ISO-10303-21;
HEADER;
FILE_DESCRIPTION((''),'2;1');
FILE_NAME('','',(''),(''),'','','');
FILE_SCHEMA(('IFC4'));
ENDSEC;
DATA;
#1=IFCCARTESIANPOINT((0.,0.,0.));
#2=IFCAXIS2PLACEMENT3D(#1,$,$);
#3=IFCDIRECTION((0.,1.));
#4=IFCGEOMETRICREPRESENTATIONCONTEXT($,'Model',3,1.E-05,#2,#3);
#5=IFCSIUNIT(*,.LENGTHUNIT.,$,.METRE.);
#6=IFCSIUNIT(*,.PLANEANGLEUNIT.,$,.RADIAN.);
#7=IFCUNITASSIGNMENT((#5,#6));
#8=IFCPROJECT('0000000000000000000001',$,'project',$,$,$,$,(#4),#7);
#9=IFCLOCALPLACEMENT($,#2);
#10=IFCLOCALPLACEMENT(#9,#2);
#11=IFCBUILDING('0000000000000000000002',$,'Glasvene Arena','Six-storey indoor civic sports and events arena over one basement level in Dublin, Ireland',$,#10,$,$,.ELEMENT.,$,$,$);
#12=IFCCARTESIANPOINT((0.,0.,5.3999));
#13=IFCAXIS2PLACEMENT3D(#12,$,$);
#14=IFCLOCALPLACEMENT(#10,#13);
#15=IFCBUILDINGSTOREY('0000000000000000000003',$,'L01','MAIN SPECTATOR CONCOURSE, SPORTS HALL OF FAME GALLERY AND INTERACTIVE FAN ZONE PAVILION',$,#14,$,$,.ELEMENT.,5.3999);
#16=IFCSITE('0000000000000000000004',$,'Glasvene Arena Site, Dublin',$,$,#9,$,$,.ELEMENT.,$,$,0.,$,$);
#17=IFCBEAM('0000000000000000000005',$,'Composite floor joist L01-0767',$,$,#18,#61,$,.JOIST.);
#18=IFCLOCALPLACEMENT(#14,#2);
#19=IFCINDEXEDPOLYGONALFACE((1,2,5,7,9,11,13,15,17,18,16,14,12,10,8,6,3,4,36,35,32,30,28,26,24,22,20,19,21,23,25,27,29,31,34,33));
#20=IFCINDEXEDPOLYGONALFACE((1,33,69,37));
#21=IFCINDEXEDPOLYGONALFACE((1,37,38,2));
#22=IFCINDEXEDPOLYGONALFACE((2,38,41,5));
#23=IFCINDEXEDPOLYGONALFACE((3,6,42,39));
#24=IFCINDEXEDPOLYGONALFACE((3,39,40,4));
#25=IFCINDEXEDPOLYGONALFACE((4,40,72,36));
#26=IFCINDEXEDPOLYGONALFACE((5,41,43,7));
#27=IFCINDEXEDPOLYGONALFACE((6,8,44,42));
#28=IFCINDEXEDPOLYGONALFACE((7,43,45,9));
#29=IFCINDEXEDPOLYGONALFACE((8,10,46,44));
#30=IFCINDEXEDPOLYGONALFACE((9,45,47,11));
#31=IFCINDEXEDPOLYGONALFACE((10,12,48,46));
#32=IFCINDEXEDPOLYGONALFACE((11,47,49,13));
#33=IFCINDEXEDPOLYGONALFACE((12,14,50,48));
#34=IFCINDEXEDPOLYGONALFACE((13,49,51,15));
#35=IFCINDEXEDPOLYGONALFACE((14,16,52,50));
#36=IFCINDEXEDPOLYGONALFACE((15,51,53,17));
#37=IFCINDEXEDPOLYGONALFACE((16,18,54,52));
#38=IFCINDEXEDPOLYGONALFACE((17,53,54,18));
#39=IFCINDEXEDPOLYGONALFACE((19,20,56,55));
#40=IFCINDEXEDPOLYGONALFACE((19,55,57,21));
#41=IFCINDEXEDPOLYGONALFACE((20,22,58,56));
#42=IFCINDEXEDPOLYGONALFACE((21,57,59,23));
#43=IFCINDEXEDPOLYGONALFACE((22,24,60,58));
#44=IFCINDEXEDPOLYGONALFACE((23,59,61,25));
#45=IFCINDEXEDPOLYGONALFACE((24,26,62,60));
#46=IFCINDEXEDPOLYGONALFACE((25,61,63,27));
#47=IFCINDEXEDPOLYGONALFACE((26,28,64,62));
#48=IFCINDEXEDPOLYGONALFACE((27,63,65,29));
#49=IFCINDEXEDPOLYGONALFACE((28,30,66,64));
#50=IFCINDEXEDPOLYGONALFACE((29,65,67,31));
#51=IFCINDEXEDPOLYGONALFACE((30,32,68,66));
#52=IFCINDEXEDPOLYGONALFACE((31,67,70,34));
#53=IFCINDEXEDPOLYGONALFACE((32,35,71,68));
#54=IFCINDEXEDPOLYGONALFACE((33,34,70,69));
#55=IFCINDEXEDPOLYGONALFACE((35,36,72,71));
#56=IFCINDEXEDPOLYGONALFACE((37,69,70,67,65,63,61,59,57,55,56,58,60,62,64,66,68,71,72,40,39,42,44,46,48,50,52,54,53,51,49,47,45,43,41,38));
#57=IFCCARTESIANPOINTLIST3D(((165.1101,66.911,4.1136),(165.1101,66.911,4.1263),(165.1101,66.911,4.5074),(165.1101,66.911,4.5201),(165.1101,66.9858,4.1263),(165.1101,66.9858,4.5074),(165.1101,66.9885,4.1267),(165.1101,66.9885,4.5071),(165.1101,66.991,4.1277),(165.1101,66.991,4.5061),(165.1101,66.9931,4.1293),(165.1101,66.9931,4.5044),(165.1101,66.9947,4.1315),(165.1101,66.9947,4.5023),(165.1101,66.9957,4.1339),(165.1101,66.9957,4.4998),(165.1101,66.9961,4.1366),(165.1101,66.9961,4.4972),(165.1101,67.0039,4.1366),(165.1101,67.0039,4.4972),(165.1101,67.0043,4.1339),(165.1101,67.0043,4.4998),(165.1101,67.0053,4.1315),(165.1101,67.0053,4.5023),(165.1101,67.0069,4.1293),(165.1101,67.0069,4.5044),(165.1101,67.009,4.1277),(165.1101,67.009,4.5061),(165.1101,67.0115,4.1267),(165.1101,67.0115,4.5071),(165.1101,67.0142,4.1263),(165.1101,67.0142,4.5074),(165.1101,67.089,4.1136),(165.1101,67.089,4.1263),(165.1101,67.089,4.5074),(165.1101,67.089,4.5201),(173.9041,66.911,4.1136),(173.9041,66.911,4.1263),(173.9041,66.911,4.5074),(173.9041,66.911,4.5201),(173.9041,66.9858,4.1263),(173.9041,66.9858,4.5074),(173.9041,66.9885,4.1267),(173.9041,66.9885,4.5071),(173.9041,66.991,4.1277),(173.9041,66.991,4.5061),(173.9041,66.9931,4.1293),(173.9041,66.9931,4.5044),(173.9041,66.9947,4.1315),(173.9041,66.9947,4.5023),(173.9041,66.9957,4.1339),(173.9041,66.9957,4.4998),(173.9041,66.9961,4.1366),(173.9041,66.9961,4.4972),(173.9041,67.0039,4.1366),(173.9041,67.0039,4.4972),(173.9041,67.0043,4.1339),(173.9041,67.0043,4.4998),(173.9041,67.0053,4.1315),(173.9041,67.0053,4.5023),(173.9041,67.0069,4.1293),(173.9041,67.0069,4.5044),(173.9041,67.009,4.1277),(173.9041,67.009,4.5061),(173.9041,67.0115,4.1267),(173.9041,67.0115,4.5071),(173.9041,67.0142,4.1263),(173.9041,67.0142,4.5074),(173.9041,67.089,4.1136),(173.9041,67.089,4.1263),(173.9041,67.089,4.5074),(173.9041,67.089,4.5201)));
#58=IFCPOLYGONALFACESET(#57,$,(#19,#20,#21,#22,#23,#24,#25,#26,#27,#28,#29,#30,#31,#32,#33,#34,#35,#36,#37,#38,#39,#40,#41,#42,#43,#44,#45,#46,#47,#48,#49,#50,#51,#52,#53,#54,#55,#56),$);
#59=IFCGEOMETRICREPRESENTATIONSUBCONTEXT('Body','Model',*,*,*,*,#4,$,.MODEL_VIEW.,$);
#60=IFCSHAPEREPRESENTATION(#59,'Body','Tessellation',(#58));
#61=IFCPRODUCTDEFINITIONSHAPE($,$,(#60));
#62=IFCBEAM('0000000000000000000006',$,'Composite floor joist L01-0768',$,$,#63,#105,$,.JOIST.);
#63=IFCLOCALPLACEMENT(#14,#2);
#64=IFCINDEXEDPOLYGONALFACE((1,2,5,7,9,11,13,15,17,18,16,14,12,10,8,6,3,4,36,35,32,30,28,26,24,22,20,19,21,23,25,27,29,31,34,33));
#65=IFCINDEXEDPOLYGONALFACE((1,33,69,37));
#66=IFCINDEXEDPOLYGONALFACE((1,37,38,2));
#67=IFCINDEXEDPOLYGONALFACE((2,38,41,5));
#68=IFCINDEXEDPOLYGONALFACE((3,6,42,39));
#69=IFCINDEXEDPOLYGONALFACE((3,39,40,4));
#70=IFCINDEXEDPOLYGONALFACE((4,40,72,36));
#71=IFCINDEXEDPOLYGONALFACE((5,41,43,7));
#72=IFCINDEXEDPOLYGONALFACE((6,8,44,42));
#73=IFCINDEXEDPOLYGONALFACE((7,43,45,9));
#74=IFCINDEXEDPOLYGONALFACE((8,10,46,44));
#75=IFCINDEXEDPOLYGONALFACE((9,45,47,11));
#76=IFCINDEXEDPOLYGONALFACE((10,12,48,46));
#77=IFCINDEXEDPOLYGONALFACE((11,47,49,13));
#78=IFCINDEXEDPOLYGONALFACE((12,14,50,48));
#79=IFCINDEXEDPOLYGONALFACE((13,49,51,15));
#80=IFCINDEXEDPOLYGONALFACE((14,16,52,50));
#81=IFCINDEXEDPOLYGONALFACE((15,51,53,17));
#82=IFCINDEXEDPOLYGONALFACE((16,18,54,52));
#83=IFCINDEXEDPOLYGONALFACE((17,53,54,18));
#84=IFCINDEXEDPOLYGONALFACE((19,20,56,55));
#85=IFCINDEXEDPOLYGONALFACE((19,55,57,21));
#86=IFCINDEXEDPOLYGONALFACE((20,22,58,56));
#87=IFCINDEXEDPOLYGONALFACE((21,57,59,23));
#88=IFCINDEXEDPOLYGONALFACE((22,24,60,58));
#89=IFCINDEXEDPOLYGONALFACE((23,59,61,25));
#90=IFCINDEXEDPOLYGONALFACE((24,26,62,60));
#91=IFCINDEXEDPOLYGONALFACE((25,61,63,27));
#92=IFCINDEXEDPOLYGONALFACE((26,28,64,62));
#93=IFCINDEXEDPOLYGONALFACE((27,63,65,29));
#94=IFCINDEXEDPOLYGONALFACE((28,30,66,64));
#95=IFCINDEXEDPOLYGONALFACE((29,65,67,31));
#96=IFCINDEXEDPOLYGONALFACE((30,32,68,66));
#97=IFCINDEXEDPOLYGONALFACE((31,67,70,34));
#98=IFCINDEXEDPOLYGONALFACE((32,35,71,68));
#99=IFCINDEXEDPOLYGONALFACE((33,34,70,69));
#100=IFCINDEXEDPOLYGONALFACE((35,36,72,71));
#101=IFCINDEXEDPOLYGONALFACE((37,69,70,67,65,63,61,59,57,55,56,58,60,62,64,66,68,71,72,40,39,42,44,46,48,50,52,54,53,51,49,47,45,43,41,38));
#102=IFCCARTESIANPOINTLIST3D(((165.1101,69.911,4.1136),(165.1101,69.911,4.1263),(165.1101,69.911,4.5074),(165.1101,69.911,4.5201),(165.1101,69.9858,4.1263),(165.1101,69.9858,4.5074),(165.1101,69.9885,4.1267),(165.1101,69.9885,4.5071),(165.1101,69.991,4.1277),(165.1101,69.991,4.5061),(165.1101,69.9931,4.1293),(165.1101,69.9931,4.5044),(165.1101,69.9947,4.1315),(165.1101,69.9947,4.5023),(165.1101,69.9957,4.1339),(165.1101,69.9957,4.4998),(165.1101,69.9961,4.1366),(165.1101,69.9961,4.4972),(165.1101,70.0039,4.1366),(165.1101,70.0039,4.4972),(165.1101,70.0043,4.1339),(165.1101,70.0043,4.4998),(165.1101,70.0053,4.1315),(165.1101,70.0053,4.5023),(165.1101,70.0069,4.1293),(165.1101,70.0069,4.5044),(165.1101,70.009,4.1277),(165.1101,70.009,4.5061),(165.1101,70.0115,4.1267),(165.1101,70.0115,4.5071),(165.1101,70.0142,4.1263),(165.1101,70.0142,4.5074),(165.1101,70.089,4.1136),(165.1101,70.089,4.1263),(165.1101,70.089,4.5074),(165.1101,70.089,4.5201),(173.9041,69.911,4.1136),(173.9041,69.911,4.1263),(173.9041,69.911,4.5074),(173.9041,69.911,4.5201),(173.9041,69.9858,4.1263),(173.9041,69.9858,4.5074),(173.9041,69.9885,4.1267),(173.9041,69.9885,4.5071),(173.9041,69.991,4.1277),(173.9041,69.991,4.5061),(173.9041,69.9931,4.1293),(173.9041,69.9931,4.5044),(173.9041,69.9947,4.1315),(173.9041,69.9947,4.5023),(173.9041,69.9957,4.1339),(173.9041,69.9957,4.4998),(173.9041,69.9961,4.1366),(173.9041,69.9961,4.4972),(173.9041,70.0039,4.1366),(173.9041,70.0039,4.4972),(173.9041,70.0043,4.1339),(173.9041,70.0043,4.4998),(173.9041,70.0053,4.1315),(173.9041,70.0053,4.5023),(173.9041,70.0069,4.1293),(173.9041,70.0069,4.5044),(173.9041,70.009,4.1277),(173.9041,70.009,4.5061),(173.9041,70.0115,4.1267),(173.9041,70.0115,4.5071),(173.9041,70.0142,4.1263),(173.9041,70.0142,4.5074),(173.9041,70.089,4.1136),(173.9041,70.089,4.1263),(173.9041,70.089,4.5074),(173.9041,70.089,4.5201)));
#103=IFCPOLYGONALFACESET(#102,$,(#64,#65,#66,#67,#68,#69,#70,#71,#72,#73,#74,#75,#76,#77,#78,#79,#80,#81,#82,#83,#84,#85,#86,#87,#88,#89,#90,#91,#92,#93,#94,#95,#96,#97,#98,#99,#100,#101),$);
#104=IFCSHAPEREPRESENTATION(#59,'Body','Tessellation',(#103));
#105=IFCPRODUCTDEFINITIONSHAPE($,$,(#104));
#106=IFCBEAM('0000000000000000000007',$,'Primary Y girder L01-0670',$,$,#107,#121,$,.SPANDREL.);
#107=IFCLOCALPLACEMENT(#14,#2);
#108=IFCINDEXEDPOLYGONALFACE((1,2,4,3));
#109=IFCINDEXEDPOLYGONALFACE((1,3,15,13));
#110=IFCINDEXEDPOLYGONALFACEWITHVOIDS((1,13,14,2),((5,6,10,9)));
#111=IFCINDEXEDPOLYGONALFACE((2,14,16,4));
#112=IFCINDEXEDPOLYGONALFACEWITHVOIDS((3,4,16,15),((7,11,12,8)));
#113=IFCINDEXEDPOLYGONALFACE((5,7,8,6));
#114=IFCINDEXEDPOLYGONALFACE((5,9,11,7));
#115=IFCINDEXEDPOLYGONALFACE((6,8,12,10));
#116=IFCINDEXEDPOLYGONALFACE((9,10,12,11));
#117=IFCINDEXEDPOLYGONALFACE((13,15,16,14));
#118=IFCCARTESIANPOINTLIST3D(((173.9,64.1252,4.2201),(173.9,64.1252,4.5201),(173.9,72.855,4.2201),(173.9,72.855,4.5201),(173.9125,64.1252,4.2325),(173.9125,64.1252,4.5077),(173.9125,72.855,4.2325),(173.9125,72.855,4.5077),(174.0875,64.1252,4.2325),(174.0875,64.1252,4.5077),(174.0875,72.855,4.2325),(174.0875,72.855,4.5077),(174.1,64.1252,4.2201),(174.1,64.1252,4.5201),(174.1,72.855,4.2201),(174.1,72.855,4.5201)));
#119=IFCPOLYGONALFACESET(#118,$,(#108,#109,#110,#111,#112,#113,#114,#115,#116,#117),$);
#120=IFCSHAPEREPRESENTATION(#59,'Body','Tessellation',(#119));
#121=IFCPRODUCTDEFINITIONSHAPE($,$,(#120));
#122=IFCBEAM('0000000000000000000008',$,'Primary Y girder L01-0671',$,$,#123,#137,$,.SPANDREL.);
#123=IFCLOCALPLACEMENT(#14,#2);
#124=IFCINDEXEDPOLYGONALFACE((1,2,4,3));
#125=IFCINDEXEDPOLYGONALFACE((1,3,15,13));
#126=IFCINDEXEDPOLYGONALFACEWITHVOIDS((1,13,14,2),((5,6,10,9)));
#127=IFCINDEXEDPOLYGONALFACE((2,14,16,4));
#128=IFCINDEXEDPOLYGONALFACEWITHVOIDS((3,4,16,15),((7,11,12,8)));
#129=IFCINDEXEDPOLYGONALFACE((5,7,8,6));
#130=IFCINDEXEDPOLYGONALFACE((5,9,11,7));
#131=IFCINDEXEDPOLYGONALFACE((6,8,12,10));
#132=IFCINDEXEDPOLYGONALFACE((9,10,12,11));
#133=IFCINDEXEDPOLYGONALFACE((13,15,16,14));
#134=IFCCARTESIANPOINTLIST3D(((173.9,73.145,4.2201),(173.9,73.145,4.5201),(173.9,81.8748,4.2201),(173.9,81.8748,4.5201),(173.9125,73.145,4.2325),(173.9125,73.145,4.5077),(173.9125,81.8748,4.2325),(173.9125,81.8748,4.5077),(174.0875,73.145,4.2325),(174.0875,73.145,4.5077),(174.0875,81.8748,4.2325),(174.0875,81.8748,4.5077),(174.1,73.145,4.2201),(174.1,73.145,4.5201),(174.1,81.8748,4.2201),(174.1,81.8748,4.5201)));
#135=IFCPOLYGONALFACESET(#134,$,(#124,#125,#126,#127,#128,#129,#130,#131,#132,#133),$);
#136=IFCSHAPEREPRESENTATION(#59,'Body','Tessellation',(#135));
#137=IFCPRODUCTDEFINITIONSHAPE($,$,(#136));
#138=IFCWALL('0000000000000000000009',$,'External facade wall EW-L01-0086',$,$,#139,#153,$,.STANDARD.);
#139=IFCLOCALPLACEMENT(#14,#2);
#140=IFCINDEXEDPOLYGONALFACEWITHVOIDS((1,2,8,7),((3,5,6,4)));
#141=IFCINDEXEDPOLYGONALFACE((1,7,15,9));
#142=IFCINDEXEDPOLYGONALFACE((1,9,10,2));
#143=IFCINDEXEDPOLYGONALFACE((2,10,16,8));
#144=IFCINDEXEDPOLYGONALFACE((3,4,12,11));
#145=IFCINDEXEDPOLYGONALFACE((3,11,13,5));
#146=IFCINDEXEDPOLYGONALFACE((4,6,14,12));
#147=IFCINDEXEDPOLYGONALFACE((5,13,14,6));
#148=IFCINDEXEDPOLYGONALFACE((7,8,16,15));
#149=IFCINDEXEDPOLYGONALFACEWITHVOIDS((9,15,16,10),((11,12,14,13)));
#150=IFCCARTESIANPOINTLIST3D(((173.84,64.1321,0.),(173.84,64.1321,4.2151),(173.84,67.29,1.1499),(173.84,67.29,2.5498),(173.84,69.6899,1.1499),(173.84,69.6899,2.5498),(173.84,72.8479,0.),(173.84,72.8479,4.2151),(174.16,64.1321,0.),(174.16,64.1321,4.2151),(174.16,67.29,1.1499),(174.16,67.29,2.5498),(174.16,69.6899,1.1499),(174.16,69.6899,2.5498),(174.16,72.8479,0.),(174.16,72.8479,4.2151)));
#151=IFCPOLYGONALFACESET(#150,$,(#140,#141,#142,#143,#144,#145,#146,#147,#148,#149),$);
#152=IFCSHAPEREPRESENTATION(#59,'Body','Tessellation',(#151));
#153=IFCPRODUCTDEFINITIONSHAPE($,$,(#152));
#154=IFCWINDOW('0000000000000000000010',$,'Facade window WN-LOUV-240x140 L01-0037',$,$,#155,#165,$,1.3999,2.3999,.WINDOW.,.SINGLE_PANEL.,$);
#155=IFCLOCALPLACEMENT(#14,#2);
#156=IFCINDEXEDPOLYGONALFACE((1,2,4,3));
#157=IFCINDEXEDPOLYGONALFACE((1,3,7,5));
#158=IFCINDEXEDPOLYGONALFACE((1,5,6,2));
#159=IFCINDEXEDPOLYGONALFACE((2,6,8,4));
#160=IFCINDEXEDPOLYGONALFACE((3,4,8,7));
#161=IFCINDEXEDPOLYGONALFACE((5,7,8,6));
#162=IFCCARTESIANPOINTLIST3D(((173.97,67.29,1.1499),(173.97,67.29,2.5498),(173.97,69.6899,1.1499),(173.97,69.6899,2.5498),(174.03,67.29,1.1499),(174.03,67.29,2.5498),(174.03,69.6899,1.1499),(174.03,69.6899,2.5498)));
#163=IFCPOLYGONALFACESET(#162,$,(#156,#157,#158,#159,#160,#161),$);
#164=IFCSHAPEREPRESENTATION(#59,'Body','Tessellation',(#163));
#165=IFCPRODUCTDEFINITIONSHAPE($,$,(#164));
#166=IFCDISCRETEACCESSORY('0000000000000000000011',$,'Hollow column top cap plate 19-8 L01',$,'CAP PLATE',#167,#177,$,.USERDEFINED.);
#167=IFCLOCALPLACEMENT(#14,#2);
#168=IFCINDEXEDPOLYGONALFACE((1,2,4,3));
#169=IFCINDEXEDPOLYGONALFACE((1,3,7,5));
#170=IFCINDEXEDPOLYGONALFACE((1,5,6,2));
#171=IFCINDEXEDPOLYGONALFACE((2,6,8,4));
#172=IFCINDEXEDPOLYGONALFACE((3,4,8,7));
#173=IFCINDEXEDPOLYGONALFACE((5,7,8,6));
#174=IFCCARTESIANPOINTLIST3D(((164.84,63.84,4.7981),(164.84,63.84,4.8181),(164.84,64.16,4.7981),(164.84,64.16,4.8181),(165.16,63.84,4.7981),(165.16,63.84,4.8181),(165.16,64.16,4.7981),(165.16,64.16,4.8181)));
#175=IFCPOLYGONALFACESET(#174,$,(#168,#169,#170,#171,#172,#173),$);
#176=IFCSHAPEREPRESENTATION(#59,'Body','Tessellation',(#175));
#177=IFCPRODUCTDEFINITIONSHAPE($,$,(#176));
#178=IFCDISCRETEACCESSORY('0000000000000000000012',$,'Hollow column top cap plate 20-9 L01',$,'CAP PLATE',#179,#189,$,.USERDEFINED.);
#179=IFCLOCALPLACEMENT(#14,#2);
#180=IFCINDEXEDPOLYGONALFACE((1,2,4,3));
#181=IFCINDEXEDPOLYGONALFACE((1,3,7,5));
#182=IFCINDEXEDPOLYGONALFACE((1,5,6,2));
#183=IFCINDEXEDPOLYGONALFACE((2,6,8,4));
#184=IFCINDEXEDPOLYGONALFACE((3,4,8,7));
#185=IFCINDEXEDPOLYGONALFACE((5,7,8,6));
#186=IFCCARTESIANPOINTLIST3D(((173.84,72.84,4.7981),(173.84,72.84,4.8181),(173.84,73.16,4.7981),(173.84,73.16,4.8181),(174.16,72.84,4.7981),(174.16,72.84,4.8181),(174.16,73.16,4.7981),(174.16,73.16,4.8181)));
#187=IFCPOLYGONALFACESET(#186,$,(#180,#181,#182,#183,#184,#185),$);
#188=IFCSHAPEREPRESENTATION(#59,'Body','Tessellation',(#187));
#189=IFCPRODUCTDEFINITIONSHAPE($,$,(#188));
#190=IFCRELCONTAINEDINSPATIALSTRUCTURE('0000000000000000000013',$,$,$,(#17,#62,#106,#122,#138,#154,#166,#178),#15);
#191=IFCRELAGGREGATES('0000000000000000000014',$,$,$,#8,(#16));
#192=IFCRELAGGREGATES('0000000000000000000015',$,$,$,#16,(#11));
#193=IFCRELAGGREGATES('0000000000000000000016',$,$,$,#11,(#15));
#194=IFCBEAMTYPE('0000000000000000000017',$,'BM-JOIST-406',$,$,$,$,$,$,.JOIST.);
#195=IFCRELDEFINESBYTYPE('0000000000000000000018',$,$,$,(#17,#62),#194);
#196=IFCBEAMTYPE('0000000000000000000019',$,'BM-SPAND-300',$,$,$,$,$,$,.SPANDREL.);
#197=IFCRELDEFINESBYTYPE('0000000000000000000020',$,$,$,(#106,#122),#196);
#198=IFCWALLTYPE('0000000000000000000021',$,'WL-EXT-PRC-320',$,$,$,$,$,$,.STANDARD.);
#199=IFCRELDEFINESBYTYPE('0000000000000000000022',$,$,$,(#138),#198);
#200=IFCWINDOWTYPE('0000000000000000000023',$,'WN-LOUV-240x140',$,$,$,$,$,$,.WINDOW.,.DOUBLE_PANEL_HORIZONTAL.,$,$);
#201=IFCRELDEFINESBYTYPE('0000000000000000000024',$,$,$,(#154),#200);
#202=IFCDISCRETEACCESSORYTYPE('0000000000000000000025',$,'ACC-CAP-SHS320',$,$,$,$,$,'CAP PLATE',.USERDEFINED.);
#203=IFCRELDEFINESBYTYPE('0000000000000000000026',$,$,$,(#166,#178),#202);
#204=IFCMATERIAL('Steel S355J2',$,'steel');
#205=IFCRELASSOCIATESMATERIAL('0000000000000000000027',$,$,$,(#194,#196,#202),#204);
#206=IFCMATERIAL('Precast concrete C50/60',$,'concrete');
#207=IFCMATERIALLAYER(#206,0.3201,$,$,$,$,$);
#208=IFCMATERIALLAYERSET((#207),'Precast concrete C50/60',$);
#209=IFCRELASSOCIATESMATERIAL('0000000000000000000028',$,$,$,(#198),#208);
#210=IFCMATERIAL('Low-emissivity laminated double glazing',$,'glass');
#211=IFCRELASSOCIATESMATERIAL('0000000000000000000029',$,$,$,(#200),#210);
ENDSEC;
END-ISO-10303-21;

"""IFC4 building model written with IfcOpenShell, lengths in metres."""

from ifc_helpers import new_model, si_unit, direction, frame, frame_2d, origin, origin_2d, place, context, subcontext, project, spatial, rectangle, hollow_rectangle, i_section, extrude, material, layer, layer_set, material_profile, profile_set, type_object, element, fill, save


model = new_model("IFC4")

# Units and contexts
model_context = context("Model", 3, precision=1e-05, world=origin(), true_north=direction((0.0, 1.0)))
body_context = subcontext(model_context, "Body", "Model", "MODEL_VIEW")
ifc_project = project(units=[si_unit("LENGTHUNIT", "METRE"), si_unit("PLANEANGLEUNIT", "RADIAN")], contexts=[model_context])

# Site, building, storey
site_placement = place(None, origin())
site = spatial("IfcSite", under=ifc_project, at=site_placement, Name="Glasvene Arena Site, Dublin", CompositionType="ELEMENT", RefElevation=0.0)
building_placement = place(site_placement, origin())
building = spatial("IfcBuilding", under=site, at=building_placement, Name="Glasvene Arena", Description="Six-storey indoor civic sports and events arena over one basement level in Dublin, Ireland", CompositionType="ELEMENT")
storey_placement = place(building_placement, frame((0.0, 0.0, 5.3999)))
storey = spatial("IfcBuildingStorey", under=building, at=storey_placement, Name="L01", Description="MAIN SPECTATOR CONCOURSE, SPORTS HALL OF FAME GALLERY AND INTERACTIVE FAN ZONE PAVILION", CompositionType="ELEMENT", Elevation=5.3999)

# Shared definitions
ifc_material_1 = material(Name="Steel S355J2", Category="steel")

# Beams
ifc_material_profile_1 = material_profile(ifc_material_1, i_section(OverallWidth=0.178, OverallDepth=0.4065, WebThickness=0.0078, FlangeThickness=0.0127, FilletRadius=0.0103, at=origin_2d()), Name="UKB 406x178x60")
ifc_profile_set_1 = profile_set([ifc_material_profile_1], Name="Steel S355J2")
beam_type_1 = type_object("IfcBeamType", Name="BM-JOIST-406", PredefinedType="JOIST", material=ifc_profile_set_1)
for number, where, z_axis, x_axis, name in (
    (1, (165.1101, 67.0, 4.3169), (1.0, 0.0, 0.0), (0.0, 1.0, 0.0), "Composite floor joist L01-0767"),
    (2, (165.1101, 70.0, 4.3169), (1.0, 0.0, 0.0), (0.0, 1.0, 0.0), "Composite floor joist L01-0768"),
):
    element("IfcBeam", number, at=place(storey_placement, frame(where, z_axis=z_axis, x_axis=x_axis)), inside=storey, type_object=beam_type_1, Name=name, PredefinedType="JOIST", context=body_context, shape_type="SweptSolid", body=[
        extrude(i_section(OverallWidth=0.178, OverallDepth=0.4065, WebThickness=0.0078, FlangeThickness=0.0127, FilletRadius=0.0103, at=origin_2d()), origin(), (0.0, 0.0, 1.0), 8.7939),
    ])
ifc_material_profile_2 = material_profile(ifc_material_1, hollow_rectangle(XDim=0.2, YDim=0.3, WallThickness=0.0125, at=origin_2d()), Name="RHS 300x200x12.5")
ifc_profile_set_2 = profile_set([ifc_material_profile_2], Name="Steel S355J2")
beam_type_2 = type_object("IfcBeamType", Name="BM-SPAND-300", PredefinedType="SPANDREL", material=ifc_profile_set_2)
for number, where, z_axis, x_axis, name in (
    (3, (174.0, 64.1252, 4.3701), (0.0, 1.0, 0.0), (-1.0, 0.0, 0.0), "Primary Y girder L01-0670"),
    (4, (174.0, 73.145, 4.3701), (0.0, 1.0, 0.0), (-1.0, 0.0, 0.0), "Primary Y girder L01-0671"),
):
    element("IfcBeam", number, at=place(storey_placement, frame(where, z_axis=z_axis, x_axis=x_axis)), inside=storey, type_object=beam_type_2, Name=name, PredefinedType="SPANDREL", context=body_context, shape_type="SweptSolid", body=[
        extrude(hollow_rectangle(XDim=0.2, YDim=0.3, WallThickness=0.0125, at=origin_2d()), origin(), (0.0, 0.0, 1.0), 8.7297),
    ])

# Wall, opening, window
ifc_material_2 = material(Name="Precast concrete C50/60", Category="concrete")
ifc_layer_1 = layer(ifc_material_2, 0.3201)
ifc_layer_set_1 = layer_set([ifc_layer_1], Name="Precast concrete C50/60")
wall_type = type_object("IfcWallType", Name="WL-EXT-PRC-320", PredefinedType="STANDARD", material=ifc_layer_set_1)
wall_placement = place(storey_placement, frame((174.0, 72.8479, 0.0), z_axis=(0.0, 0.0, 1.0), x_axis=(0.0, -1.0, 0.0)))
wall = element("IfcWall", 5, at=wall_placement, inside=storey, type_object=wall_type, Name="External facade wall EW-L01-0086", PredefinedType="STANDARD", context=body_context, shape_type="SweptSolid", body=[
    extrude(rectangle(XDim=8.7158, YDim=0.3201, at=frame_2d((4.3579, 0.0))), origin(), (0.0, 0.0, 1.0), 4.2151),
])
opening_placement = place(wall_placement, frame((3.158, 0.0, 1.1499)))
opening = element("IfcOpeningElement", 6, at=opening_placement, cuts=wall, PredefinedType="OPENING", context=body_context, shape_type="SweptSolid", body=[
    extrude(rectangle(XDim=2.3999, YDim=1.3999, at=frame_2d((1.2, 0.7))), frame((0.0, 0.1699, 0.0), z_axis=(0.0, -1.0, 0.0), x_axis=(1.0, 0.0, 0.0)), (0.0, 0.0, 1.0), 0.3401),
])
ifc_material_3 = material(Name="Low-emissivity laminated double glazing", Category="glass")
window_type = type_object("IfcWindowType", Name="WN-LOUV-240x140", PartitioningType="DOUBLE_PANEL_HORIZONTAL", PredefinedType="WINDOW", material=ifc_material_3)
window_placement = place(opening_placement, origin())
window = element("IfcWindow", 7, at=window_placement, inside=storey, type_object=window_type, Name="Facade window WN-LOUV-240x140 L01-0037", OverallHeight=1.3999, OverallWidth=2.3999, PartitioningType="SINGLE_PANEL", PredefinedType="WINDOW", context=body_context, shape_type="SweptSolid", body=[
    extrude(rectangle(XDim=2.3999, YDim=1.3999, at=frame_2d((1.2, 0.7))), frame((0.0, 0.03, 0.0), z_axis=(0.0, -1.0, 0.0), x_axis=(1.0, 0.0, 0.0)), (0.0, 0.0, 1.0), 0.0601),
])
fill(opening, window)

# Discrete accessories
discrete_accessory_type = type_object("IfcDiscreteAccessoryType", Name="ACC-CAP-SHS320", ElementType="CAP PLATE", PredefinedType="USERDEFINED", material=ifc_material_1)
for number, where, z_axis, x_axis, name in (
    (8, (165.0, 64.0, 4.7981), (0.0, 0.0, 1.0), (1.0, 0.0, 0.0), "Hollow column top cap plate 19-8 L01"),
    (9, (174.0, 73.0, 4.7981), (0.0, 0.0, 1.0), (1.0, 0.0, 0.0), "Hollow column top cap plate 20-9 L01"),
):
    element("IfcDiscreteAccessory", number, at=place(storey_placement, frame(where, z_axis=z_axis, x_axis=x_axis)), inside=storey, type_object=discrete_accessory_type, Name=name, ObjectType="CAP PLATE", PredefinedType="USERDEFINED", context=body_context, shape_type="SweptSolid", body=[
        extrude(rectangle(XDim=0.3201, YDim=0.3201, at=origin_2d()), origin(), (0.0, 0.0, 1.0), 0.02),
    ])

save(model, "model.ifc")
